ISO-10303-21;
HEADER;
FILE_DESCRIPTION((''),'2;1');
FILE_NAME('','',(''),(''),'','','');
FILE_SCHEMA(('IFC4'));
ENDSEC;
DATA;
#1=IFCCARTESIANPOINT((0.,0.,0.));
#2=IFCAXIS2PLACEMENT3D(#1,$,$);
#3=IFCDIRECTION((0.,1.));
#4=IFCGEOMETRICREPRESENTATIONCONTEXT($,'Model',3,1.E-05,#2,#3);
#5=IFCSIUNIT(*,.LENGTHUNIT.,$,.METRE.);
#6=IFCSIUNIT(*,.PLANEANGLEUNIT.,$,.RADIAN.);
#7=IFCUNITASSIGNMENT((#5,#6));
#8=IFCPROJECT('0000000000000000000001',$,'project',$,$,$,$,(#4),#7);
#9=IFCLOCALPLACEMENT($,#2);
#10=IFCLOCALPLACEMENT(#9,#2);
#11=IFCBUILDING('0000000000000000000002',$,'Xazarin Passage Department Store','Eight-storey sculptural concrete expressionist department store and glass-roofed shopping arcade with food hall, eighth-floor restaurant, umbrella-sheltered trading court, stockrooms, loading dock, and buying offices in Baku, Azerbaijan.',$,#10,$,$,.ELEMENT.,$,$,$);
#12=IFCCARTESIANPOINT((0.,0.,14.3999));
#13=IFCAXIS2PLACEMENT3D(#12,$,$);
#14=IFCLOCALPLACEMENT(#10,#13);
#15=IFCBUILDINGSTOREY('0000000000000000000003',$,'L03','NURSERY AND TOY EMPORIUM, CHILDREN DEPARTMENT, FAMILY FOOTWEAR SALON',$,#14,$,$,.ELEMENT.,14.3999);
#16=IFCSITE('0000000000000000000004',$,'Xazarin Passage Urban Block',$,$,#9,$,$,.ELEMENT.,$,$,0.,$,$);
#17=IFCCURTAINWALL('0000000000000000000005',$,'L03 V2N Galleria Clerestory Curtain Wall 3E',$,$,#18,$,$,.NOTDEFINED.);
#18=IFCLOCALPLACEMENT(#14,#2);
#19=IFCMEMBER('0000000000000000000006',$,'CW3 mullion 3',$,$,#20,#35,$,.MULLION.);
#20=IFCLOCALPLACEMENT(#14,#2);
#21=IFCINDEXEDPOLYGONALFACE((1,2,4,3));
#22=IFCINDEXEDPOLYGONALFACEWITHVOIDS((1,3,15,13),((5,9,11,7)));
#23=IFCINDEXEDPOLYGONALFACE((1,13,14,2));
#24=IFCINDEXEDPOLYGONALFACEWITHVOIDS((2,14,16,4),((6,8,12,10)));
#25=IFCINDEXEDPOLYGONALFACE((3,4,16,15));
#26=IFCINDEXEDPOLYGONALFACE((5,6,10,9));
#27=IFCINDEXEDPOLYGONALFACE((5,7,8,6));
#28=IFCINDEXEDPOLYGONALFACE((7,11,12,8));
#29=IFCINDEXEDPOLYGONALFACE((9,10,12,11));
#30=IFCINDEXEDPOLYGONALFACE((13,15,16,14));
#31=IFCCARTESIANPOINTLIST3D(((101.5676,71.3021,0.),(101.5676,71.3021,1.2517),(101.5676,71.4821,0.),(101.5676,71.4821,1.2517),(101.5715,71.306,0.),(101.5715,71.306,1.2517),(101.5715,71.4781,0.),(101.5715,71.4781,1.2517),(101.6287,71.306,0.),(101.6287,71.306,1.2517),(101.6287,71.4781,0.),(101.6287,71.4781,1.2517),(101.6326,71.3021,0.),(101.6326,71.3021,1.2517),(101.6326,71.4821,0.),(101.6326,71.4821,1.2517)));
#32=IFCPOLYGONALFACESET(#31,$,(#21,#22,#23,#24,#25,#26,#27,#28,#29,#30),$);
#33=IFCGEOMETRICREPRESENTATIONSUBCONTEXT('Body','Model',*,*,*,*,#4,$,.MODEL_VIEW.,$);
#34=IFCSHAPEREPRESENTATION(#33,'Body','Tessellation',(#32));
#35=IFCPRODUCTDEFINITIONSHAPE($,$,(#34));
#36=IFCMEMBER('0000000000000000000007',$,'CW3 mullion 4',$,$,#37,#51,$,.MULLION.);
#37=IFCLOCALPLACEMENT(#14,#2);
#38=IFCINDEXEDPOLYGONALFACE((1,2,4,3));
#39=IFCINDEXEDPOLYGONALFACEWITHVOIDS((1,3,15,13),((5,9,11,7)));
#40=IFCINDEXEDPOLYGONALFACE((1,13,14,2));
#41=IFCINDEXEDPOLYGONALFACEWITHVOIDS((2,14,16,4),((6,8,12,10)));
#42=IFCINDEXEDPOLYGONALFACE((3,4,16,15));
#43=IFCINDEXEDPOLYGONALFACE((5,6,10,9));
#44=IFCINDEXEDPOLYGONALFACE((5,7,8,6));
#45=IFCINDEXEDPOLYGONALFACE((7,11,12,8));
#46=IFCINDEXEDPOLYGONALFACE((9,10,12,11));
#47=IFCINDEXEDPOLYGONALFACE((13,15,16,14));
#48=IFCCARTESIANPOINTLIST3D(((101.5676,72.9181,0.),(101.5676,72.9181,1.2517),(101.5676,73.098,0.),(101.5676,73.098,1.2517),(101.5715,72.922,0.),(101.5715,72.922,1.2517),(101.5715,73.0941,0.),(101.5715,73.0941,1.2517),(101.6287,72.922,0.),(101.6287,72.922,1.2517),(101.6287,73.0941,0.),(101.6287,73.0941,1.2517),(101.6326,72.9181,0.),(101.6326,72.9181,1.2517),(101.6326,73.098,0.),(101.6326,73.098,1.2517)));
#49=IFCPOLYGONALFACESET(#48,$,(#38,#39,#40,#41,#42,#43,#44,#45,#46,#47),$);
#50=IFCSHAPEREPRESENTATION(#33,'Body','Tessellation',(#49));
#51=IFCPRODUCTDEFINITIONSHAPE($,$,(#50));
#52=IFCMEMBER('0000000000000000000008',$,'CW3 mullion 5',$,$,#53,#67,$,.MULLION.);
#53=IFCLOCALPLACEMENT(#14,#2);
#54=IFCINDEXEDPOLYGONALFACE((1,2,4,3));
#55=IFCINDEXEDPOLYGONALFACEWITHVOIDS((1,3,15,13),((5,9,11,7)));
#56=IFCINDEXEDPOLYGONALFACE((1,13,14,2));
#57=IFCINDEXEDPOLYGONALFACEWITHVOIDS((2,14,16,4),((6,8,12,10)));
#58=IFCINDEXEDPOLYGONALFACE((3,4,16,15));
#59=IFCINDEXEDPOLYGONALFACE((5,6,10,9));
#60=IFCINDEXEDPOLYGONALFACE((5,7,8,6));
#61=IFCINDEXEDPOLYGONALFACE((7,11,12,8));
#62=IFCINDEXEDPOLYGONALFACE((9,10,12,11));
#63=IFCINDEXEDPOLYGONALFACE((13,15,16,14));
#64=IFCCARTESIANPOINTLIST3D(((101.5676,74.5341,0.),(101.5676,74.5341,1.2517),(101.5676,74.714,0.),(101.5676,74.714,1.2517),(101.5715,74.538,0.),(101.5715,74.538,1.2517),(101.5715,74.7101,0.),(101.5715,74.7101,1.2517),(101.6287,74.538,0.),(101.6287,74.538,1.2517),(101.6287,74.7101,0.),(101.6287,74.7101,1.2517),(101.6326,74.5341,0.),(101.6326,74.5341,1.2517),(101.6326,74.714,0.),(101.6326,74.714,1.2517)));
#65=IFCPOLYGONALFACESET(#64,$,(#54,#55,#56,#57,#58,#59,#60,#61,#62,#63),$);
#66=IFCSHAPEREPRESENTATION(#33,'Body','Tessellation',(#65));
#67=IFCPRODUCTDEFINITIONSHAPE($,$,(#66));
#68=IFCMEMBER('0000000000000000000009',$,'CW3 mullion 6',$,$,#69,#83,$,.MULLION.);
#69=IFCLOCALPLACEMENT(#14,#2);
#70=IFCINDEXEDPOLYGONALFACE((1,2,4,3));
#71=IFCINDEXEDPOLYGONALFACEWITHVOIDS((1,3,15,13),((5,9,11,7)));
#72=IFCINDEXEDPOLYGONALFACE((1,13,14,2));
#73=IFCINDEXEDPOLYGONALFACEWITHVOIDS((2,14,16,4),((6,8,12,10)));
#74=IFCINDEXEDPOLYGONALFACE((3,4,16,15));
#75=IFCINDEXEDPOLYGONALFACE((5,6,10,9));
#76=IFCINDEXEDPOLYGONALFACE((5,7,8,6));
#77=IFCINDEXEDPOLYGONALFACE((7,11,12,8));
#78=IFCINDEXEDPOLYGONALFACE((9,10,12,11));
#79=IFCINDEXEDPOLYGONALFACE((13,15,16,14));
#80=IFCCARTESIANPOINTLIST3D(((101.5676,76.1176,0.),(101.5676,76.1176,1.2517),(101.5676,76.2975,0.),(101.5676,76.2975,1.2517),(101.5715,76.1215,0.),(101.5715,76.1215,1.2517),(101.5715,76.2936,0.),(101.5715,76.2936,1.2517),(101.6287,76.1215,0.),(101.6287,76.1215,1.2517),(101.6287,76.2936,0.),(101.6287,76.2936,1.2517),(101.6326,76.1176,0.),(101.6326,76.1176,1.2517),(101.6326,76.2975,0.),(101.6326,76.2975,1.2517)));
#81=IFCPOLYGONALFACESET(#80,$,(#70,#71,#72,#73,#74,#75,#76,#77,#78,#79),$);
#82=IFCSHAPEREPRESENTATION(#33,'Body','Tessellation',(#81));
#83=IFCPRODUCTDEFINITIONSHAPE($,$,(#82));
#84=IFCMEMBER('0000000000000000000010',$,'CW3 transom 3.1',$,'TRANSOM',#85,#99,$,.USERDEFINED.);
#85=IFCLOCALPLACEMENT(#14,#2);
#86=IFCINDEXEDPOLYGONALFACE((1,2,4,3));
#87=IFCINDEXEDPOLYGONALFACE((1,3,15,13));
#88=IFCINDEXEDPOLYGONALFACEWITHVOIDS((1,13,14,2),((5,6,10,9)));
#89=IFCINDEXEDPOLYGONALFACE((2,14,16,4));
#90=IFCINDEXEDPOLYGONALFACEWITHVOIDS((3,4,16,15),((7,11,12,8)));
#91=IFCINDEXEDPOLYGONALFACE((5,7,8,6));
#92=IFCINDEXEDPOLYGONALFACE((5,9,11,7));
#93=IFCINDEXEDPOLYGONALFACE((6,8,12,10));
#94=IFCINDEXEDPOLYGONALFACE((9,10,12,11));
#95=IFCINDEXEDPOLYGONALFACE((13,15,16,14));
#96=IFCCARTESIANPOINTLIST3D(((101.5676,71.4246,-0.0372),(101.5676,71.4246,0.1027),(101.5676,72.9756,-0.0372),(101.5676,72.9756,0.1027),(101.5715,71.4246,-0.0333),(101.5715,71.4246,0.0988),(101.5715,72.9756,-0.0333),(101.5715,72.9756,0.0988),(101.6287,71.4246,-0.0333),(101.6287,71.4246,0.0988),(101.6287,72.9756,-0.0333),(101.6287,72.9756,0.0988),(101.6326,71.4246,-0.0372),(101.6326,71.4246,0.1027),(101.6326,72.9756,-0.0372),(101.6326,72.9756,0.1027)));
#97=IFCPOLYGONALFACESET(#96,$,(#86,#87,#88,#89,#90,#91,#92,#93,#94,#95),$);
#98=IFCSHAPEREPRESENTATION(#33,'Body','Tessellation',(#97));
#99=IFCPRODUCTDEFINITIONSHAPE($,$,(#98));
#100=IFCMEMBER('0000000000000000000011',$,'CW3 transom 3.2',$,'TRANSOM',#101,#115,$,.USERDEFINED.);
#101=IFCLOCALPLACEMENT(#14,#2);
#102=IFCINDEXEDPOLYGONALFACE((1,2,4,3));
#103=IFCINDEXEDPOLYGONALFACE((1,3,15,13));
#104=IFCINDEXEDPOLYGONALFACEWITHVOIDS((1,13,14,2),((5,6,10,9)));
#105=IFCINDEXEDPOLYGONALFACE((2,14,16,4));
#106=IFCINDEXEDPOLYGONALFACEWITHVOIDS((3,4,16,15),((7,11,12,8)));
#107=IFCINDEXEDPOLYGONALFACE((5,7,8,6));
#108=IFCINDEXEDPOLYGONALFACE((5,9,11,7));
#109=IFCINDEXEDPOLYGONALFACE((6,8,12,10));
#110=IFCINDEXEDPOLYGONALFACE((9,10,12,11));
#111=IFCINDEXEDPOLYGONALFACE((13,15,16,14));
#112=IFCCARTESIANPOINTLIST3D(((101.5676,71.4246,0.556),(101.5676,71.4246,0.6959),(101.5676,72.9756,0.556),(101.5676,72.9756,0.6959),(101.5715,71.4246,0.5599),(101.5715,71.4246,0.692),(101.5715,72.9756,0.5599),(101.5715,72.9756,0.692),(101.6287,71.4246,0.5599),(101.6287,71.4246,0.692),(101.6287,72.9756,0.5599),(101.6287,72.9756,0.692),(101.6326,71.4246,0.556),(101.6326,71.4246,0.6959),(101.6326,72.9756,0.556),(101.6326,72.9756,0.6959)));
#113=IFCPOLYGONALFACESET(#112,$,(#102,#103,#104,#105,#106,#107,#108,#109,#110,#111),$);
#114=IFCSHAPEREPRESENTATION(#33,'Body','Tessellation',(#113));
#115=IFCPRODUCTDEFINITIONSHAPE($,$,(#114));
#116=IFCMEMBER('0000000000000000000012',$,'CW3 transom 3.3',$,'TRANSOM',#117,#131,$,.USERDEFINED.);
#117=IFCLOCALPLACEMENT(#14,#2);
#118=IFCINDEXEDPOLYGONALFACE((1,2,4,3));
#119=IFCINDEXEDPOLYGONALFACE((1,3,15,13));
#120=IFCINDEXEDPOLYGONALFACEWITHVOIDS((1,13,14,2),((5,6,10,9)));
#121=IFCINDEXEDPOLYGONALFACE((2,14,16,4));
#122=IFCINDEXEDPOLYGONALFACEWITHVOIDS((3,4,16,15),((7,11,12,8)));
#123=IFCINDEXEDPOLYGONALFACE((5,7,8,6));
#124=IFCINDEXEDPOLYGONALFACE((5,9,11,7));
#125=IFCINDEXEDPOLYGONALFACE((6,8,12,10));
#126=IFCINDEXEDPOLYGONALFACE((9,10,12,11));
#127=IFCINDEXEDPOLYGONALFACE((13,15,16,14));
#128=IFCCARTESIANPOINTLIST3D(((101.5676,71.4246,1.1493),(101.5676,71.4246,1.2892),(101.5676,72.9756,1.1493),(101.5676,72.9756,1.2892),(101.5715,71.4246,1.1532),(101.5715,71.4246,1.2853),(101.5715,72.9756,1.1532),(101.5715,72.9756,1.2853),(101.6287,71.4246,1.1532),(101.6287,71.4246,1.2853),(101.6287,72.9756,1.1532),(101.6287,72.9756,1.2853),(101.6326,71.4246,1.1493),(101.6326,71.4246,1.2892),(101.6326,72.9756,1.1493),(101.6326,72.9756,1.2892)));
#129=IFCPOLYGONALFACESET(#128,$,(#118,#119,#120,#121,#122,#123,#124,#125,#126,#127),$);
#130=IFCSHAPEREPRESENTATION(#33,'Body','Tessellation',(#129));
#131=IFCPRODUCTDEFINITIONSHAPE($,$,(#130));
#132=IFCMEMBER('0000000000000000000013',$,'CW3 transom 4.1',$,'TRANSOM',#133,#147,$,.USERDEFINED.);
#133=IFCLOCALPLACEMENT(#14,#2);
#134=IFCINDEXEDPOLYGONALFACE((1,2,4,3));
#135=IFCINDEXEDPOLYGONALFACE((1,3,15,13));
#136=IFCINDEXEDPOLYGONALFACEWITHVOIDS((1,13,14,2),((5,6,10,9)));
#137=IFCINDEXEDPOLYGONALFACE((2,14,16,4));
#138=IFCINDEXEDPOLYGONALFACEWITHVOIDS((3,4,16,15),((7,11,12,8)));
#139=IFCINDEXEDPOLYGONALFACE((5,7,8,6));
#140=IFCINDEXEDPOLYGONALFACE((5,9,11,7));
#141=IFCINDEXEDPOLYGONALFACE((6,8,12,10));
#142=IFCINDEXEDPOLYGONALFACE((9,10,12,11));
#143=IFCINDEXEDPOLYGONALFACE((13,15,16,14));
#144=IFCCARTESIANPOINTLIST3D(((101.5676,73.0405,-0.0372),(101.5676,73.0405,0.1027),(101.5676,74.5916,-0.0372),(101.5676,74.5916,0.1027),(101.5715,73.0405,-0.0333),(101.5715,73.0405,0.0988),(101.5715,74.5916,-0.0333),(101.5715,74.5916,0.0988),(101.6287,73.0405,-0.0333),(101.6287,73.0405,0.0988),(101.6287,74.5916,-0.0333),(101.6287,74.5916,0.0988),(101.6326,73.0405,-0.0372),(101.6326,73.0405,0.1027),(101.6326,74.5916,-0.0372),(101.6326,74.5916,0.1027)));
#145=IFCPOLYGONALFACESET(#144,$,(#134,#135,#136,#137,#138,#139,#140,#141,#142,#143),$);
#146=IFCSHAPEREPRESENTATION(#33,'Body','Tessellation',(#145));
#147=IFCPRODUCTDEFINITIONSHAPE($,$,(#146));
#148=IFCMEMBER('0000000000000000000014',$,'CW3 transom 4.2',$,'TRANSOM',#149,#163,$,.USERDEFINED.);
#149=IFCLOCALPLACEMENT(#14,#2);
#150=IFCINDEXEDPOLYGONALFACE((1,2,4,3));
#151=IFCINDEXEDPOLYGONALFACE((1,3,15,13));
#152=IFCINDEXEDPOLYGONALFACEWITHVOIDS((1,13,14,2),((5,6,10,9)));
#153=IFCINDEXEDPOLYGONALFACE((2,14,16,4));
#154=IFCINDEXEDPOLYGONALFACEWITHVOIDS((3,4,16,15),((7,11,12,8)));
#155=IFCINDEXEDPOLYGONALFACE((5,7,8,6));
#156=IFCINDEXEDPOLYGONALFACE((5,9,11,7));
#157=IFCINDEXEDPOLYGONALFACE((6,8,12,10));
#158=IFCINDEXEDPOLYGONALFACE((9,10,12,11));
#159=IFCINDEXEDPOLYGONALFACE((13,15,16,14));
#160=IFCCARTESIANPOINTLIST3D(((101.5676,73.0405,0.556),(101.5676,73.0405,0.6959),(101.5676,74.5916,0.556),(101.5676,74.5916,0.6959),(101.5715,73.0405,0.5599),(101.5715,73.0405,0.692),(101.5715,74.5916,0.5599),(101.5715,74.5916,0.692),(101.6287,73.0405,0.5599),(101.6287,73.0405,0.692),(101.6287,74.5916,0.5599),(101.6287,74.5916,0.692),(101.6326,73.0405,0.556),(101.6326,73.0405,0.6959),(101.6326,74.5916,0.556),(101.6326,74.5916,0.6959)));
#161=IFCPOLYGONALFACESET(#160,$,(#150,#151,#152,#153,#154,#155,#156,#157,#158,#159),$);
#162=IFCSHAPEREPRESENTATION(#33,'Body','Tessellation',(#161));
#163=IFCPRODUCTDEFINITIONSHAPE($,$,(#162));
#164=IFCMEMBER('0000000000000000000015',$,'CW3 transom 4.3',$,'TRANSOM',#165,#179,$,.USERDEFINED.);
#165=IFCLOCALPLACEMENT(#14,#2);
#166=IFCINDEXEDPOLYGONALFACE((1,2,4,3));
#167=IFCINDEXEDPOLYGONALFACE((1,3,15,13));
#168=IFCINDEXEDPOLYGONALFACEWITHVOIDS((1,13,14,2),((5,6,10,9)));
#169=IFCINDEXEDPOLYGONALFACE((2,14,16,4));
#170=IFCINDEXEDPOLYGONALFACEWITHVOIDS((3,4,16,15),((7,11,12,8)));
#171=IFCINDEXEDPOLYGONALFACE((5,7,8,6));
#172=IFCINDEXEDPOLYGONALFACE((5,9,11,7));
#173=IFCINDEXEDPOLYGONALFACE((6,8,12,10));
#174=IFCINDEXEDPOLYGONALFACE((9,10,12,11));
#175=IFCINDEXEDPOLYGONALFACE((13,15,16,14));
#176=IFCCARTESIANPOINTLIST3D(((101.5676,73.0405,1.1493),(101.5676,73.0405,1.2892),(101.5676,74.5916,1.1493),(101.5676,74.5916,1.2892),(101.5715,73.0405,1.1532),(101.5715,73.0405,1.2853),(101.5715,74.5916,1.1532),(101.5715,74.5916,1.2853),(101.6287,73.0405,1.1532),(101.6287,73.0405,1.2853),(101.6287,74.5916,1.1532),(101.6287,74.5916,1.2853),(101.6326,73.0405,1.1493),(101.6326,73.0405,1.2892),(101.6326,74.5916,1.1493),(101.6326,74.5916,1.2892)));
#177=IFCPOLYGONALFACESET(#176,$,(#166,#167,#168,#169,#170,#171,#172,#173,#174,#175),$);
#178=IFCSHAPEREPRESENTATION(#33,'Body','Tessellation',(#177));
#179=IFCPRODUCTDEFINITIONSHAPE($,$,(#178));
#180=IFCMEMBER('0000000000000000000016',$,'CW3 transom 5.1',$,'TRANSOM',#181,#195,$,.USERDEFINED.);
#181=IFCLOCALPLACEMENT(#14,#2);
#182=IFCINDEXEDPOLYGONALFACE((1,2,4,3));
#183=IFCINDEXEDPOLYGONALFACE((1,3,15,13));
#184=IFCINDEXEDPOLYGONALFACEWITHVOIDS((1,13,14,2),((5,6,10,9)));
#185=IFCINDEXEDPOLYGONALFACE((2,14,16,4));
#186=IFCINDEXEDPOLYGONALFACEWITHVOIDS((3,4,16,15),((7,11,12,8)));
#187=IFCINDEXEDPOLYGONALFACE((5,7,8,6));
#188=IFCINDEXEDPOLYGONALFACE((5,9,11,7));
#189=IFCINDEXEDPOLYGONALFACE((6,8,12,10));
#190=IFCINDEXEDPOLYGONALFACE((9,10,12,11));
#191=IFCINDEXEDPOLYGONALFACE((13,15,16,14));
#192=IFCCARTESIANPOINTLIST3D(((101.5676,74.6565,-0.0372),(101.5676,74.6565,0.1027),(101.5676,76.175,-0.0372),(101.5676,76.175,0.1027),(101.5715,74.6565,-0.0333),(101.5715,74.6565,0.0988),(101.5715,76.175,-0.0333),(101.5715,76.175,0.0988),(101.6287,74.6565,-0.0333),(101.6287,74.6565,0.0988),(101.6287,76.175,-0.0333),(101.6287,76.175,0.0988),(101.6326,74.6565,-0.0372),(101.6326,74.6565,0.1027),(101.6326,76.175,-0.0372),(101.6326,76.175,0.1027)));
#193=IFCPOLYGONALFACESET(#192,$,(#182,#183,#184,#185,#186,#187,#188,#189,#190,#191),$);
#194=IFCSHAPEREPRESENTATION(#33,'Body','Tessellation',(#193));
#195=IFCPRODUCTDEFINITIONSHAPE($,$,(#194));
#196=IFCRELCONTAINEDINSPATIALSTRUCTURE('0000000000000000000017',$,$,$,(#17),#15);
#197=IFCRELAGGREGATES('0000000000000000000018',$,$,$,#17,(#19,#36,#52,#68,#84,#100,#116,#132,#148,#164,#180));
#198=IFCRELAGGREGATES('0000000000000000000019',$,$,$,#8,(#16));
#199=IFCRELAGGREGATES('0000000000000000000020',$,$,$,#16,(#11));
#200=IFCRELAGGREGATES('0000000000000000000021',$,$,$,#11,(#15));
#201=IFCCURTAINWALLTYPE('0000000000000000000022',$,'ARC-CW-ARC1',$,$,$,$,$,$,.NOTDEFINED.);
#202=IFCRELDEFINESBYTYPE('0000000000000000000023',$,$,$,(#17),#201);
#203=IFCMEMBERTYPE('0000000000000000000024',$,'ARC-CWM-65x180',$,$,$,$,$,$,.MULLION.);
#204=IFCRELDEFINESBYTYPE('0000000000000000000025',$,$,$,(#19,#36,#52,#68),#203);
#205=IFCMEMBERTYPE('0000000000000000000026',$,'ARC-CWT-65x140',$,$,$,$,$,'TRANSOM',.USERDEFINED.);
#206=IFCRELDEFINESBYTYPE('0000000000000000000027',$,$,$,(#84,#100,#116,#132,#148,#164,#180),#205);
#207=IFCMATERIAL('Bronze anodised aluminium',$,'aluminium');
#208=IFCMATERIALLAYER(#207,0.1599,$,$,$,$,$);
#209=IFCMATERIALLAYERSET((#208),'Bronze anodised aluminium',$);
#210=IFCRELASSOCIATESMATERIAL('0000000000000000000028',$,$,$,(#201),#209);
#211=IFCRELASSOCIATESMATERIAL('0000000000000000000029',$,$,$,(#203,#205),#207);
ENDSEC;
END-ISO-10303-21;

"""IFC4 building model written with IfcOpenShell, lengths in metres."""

from ifc_helpers import new_model, si_unit, direction, frame, origin, origin_2d, place, context, subcontext, project, spatial, hollow_rectangle, extrude, material, layer, layer_set, material_profile, profile_set, type_object, element, aggregate, save


model = new_model("IFC4")

# Units and contexts
model_context = context("Model", 3, precision=1e-05, world=origin(), true_north=direction((0.0, 1.0)))
body_context = subcontext(model_context, "Body", "Model", "MODEL_VIEW")
ifc_project = project(units=[si_unit("LENGTHUNIT", "METRE"), si_unit("PLANEANGLEUNIT", "RADIAN")], contexts=[model_context])

# Site, building, storey
site_placement = place(None, origin())
site = spatial("IfcSite", under=ifc_project, at=site_placement, Name="Xazarin Passage Urban Block", CompositionType="ELEMENT", RefElevation=0.0)
building_placement = place(site_placement, origin())
building = spatial("IfcBuilding", under=site, at=building_placement, Name="Xazarin Passage Department Store", Description="Eight-storey sculptural concrete expressionist department store and glass-roofed shopping arcade with food hall, eighth-floor restaurant, umbrella-sheltered trading court, stockrooms, loading dock, and buying offices in Baku, Azerbaijan.", CompositionType="ELEMENT")
storey_placement = place(building_placement, frame((0.0, 0.0, 14.3999)))
storey = spatial("IfcBuildingStorey", under=building, at=storey_placement, Name="L03", Description="NURSERY AND TOY EMPORIUM, CHILDREN DEPARTMENT, FAMILY FOOTWEAR SALON", CompositionType="ELEMENT", Elevation=14.3999)

# Curtain wall, members
ifc_material_1 = material(Name="Bronze anodised aluminium", Category="aluminium")
ifc_layer_1 = layer(ifc_material_1, 0.1599)
ifc_layer_set_1 = layer_set([ifc_layer_1], Name="Bronze anodised aluminium")
curtain_wall_type = type_object("IfcCurtainWallType", Name="ARC-CW-ARC1", PredefinedType="NOTDEFINED", material=ifc_layer_set_1)
curtain_wall_placement = place(storey_placement, origin())
curtain_wall = element("IfcCurtainWall", 1, at=curtain_wall_placement, inside=storey, type_object=curtain_wall_type, Name="L03 V2N Galleria Clerestory Curtain Wall 3E", PredefinedType="NOTDEFINED")
ifc_material_profile_1 = material_profile(ifc_material_1, hollow_rectangle(XDim=0.0649, YDim=0.1799, WallThickness=0.0039, at=origin_2d()), Name="ALU 65x180")
ifc_profile_set_1 = profile_set([ifc_material_profile_1], Name="Bronze anodised aluminium")
member_type_1 = type_object("IfcMemberType", Name="ARC-CWM-65x180", PredefinedType="MULLION", material=ifc_profile_set_1)
member_1_placement = place(storey_placement, frame((101.6001, 71.3921, 0.0), z_axis=(0.0, 0.0, 1.0), x_axis=(-1.0, 0.0, 0.0)))
member_1 = element("IfcMember", 2, at=member_1_placement, type_object=member_type_1, Name="CW3 mullion 3", PredefinedType="MULLION", context=body_context, shape_type="SweptSolid", body=[
    extrude(hollow_rectangle(XDim=0.0649, YDim=0.1799, WallThickness=0.0039, at=origin_2d()), origin(), (0.0, 0.0, 1.0), 1.2517),
])
member_2_placement = place(storey_placement, frame((101.6001, 73.0081, 0.0), z_axis=(0.0, 0.0, 1.0), x_axis=(-1.0, 0.0, 0.0)))
member_2 = element("IfcMember", 3, at=member_2_placement, type_object=member_type_1, Name="CW3 mullion 4", PredefinedType="MULLION", context=body_context, shape_type="SweptSolid", body=[
    extrude(hollow_rectangle(XDim=0.0649, YDim=0.1799, WallThickness=0.0039, at=origin_2d()), origin(), (0.0, 0.0, 1.0), 1.2517),
])
member_3_placement = place(storey_placement, frame((101.6001, 74.624, 0.0), z_axis=(0.0, 0.0, 1.0), x_axis=(-1.0, 0.0, 0.0)))
member_3 = element("IfcMember", 4, at=member_3_placement, type_object=member_type_1, Name="CW3 mullion 5", PredefinedType="MULLION", context=body_context, shape_type="SweptSolid", body=[
    extrude(hollow_rectangle(XDim=0.0649, YDim=0.1799, WallThickness=0.0039, at=origin_2d()), origin(), (0.0, 0.0, 1.0), 1.2517),
])
member_4_placement = place(storey_placement, frame((101.6001, 76.2075, 0.0), z_axis=(0.0, 0.0, 1.0), x_axis=(-1.0, 0.0, 0.0)))
member_4 = element("IfcMember", 5, at=member_4_placement, type_object=member_type_1, Name="CW3 mullion 6", PredefinedType="MULLION", context=body_context, shape_type="SweptSolid", body=[
    extrude(hollow_rectangle(XDim=0.0649, YDim=0.1799, WallThickness=0.0039, at=origin_2d()), origin(), (0.0, 0.0, 1.0), 1.2517),
])
ifc_material_profile_2 = material_profile(ifc_material_1, hollow_rectangle(XDim=0.0649, YDim=0.1399, WallThickness=0.0039, at=origin_2d()), Name="ALU 65x140")
ifc_profile_set_2 = profile_set([ifc_material_profile_2], Name="Bronze anodised aluminium")
member_type_2 = type_object("IfcMemberType", Name="ARC-CWT-65x140", ElementType="TRANSOM", PredefinedType="USERDEFINED", material=ifc_profile_set_2)
member_5_placement = place(storey_placement, frame((101.6001, 71.4246, 0.0327), z_axis=(0.0, 1.0, 0.0), x_axis=(-1.0, 0.0, 0.0)))
member_5 = element("IfcMember", 6, at=member_5_placement, type_object=member_type_2, Name="CW3 transom 3.1", ObjectType="TRANSOM", PredefinedType="USERDEFINED", context=body_context, shape_type="SweptSolid", body=[
    extrude(hollow_rectangle(XDim=0.0649, YDim=0.1399, WallThickness=0.0039, at=origin_2d()), origin(), (0.0, 0.0, 1.0), 1.551),
])
member_6_placement = place(storey_placement, frame((101.6001, 71.4246, 0.626), z_axis=(0.0, 1.0, 0.0), x_axis=(-1.0, 0.0, 0.0)))
member_6 = element("IfcMember", 7, at=member_6_placement, type_object=member_type_2, Name="CW3 transom 3.2", ObjectType="TRANSOM", PredefinedType="USERDEFINED", context=body_context, shape_type="SweptSolid", body=[
    extrude(hollow_rectangle(XDim=0.0649, YDim=0.1399, WallThickness=0.0039, at=origin_2d()), origin(), (0.0, 0.0, 1.0), 1.551),
])
member_7_placement = place(storey_placement, frame((101.6001, 71.4246, 1.2192), z_axis=(0.0, 1.0, 0.0), x_axis=(-1.0, 0.0, 0.0)))
member_7 = element("IfcMember", 8, at=member_7_placement, type_object=member_type_2, Name="CW3 transom 3.3", ObjectType="TRANSOM", PredefinedType="USERDEFINED", context=body_context, shape_type="SweptSolid", body=[
    extrude(hollow_rectangle(XDim=0.0649, YDim=0.1399, WallThickness=0.0039, at=origin_2d()), origin(), (0.0, 0.0, 1.0), 1.551),
])
member_8_placement = place(storey_placement, frame((101.6001, 73.0405, 0.0327), z_axis=(0.0, 1.0, 0.0), x_axis=(-1.0, 0.0, 0.0)))
member_8 = element("IfcMember", 9, at=member_8_placement, type_object=member_type_2, Name="CW3 transom 4.1", ObjectType="TRANSOM", PredefinedType="USERDEFINED", context=body_context, shape_type="SweptSolid", body=[
    extrude(hollow_rectangle(XDim=0.0649, YDim=0.1399, WallThickness=0.0039, at=origin_2d()), origin(), (0.0, 0.0, 1.0), 1.551),
])
member_9_placement = place(storey_placement, frame((101.6001, 73.0405, 0.626), z_axis=(0.0, 1.0, 0.0), x_axis=(-1.0, 0.0, 0.0)))
member_9 = element("IfcMember", 10, at=member_9_placement, type_object=member_type_2, Name="CW3 transom 4.2", ObjectType="TRANSOM", PredefinedType="USERDEFINED", context=body_context, shape_type="SweptSolid", body=[
    extrude(hollow_rectangle(XDim=0.0649, YDim=0.1399, WallThickness=0.0039, at=origin_2d()), origin(), (0.0, 0.0, 1.0), 1.551),
])
member_10_placement = place(storey_placement, frame((101.6001, 73.0405, 1.2192), z_axis=(0.0, 1.0, 0.0), x_axis=(-1.0, 0.0, 0.0)))
member_10 = element("IfcMember", 11, at=member_10_placement, type_object=member_type_2, Name="CW3 transom 4.3", ObjectType="TRANSOM", PredefinedType="USERDEFINED", context=body_context, shape_type="SweptSolid", body=[
    extrude(hollow_rectangle(XDim=0.0649, YDim=0.1399, WallThickness=0.0039, at=origin_2d()), origin(), (0.0, 0.0, 1.0), 1.551),
])
member_11_placement = place(storey_placement, frame((101.6001, 74.6565, 0.0327), z_axis=(0.0, 1.0, 0.0), x_axis=(-1.0, 0.0, 0.0)))
member_11 = element("IfcMember", 12, at=member_11_placement, type_object=member_type_2, Name="CW3 transom 5.1", ObjectType="TRANSOM", PredefinedType="USERDEFINED", context=body_context, shape_type="SweptSolid", body=[
    extrude(hollow_rectangle(XDim=0.0649, YDim=0.1399, WallThickness=0.0039, at=origin_2d()), origin(), (0.0, 0.0, 1.0), 1.5186),
])
aggregate(curtain_wall, [member_1, member_2, member_3, member_4, member_5, member_6, member_7, member_8, member_9, member_10, member_11])

save(model, "model.ifc")
